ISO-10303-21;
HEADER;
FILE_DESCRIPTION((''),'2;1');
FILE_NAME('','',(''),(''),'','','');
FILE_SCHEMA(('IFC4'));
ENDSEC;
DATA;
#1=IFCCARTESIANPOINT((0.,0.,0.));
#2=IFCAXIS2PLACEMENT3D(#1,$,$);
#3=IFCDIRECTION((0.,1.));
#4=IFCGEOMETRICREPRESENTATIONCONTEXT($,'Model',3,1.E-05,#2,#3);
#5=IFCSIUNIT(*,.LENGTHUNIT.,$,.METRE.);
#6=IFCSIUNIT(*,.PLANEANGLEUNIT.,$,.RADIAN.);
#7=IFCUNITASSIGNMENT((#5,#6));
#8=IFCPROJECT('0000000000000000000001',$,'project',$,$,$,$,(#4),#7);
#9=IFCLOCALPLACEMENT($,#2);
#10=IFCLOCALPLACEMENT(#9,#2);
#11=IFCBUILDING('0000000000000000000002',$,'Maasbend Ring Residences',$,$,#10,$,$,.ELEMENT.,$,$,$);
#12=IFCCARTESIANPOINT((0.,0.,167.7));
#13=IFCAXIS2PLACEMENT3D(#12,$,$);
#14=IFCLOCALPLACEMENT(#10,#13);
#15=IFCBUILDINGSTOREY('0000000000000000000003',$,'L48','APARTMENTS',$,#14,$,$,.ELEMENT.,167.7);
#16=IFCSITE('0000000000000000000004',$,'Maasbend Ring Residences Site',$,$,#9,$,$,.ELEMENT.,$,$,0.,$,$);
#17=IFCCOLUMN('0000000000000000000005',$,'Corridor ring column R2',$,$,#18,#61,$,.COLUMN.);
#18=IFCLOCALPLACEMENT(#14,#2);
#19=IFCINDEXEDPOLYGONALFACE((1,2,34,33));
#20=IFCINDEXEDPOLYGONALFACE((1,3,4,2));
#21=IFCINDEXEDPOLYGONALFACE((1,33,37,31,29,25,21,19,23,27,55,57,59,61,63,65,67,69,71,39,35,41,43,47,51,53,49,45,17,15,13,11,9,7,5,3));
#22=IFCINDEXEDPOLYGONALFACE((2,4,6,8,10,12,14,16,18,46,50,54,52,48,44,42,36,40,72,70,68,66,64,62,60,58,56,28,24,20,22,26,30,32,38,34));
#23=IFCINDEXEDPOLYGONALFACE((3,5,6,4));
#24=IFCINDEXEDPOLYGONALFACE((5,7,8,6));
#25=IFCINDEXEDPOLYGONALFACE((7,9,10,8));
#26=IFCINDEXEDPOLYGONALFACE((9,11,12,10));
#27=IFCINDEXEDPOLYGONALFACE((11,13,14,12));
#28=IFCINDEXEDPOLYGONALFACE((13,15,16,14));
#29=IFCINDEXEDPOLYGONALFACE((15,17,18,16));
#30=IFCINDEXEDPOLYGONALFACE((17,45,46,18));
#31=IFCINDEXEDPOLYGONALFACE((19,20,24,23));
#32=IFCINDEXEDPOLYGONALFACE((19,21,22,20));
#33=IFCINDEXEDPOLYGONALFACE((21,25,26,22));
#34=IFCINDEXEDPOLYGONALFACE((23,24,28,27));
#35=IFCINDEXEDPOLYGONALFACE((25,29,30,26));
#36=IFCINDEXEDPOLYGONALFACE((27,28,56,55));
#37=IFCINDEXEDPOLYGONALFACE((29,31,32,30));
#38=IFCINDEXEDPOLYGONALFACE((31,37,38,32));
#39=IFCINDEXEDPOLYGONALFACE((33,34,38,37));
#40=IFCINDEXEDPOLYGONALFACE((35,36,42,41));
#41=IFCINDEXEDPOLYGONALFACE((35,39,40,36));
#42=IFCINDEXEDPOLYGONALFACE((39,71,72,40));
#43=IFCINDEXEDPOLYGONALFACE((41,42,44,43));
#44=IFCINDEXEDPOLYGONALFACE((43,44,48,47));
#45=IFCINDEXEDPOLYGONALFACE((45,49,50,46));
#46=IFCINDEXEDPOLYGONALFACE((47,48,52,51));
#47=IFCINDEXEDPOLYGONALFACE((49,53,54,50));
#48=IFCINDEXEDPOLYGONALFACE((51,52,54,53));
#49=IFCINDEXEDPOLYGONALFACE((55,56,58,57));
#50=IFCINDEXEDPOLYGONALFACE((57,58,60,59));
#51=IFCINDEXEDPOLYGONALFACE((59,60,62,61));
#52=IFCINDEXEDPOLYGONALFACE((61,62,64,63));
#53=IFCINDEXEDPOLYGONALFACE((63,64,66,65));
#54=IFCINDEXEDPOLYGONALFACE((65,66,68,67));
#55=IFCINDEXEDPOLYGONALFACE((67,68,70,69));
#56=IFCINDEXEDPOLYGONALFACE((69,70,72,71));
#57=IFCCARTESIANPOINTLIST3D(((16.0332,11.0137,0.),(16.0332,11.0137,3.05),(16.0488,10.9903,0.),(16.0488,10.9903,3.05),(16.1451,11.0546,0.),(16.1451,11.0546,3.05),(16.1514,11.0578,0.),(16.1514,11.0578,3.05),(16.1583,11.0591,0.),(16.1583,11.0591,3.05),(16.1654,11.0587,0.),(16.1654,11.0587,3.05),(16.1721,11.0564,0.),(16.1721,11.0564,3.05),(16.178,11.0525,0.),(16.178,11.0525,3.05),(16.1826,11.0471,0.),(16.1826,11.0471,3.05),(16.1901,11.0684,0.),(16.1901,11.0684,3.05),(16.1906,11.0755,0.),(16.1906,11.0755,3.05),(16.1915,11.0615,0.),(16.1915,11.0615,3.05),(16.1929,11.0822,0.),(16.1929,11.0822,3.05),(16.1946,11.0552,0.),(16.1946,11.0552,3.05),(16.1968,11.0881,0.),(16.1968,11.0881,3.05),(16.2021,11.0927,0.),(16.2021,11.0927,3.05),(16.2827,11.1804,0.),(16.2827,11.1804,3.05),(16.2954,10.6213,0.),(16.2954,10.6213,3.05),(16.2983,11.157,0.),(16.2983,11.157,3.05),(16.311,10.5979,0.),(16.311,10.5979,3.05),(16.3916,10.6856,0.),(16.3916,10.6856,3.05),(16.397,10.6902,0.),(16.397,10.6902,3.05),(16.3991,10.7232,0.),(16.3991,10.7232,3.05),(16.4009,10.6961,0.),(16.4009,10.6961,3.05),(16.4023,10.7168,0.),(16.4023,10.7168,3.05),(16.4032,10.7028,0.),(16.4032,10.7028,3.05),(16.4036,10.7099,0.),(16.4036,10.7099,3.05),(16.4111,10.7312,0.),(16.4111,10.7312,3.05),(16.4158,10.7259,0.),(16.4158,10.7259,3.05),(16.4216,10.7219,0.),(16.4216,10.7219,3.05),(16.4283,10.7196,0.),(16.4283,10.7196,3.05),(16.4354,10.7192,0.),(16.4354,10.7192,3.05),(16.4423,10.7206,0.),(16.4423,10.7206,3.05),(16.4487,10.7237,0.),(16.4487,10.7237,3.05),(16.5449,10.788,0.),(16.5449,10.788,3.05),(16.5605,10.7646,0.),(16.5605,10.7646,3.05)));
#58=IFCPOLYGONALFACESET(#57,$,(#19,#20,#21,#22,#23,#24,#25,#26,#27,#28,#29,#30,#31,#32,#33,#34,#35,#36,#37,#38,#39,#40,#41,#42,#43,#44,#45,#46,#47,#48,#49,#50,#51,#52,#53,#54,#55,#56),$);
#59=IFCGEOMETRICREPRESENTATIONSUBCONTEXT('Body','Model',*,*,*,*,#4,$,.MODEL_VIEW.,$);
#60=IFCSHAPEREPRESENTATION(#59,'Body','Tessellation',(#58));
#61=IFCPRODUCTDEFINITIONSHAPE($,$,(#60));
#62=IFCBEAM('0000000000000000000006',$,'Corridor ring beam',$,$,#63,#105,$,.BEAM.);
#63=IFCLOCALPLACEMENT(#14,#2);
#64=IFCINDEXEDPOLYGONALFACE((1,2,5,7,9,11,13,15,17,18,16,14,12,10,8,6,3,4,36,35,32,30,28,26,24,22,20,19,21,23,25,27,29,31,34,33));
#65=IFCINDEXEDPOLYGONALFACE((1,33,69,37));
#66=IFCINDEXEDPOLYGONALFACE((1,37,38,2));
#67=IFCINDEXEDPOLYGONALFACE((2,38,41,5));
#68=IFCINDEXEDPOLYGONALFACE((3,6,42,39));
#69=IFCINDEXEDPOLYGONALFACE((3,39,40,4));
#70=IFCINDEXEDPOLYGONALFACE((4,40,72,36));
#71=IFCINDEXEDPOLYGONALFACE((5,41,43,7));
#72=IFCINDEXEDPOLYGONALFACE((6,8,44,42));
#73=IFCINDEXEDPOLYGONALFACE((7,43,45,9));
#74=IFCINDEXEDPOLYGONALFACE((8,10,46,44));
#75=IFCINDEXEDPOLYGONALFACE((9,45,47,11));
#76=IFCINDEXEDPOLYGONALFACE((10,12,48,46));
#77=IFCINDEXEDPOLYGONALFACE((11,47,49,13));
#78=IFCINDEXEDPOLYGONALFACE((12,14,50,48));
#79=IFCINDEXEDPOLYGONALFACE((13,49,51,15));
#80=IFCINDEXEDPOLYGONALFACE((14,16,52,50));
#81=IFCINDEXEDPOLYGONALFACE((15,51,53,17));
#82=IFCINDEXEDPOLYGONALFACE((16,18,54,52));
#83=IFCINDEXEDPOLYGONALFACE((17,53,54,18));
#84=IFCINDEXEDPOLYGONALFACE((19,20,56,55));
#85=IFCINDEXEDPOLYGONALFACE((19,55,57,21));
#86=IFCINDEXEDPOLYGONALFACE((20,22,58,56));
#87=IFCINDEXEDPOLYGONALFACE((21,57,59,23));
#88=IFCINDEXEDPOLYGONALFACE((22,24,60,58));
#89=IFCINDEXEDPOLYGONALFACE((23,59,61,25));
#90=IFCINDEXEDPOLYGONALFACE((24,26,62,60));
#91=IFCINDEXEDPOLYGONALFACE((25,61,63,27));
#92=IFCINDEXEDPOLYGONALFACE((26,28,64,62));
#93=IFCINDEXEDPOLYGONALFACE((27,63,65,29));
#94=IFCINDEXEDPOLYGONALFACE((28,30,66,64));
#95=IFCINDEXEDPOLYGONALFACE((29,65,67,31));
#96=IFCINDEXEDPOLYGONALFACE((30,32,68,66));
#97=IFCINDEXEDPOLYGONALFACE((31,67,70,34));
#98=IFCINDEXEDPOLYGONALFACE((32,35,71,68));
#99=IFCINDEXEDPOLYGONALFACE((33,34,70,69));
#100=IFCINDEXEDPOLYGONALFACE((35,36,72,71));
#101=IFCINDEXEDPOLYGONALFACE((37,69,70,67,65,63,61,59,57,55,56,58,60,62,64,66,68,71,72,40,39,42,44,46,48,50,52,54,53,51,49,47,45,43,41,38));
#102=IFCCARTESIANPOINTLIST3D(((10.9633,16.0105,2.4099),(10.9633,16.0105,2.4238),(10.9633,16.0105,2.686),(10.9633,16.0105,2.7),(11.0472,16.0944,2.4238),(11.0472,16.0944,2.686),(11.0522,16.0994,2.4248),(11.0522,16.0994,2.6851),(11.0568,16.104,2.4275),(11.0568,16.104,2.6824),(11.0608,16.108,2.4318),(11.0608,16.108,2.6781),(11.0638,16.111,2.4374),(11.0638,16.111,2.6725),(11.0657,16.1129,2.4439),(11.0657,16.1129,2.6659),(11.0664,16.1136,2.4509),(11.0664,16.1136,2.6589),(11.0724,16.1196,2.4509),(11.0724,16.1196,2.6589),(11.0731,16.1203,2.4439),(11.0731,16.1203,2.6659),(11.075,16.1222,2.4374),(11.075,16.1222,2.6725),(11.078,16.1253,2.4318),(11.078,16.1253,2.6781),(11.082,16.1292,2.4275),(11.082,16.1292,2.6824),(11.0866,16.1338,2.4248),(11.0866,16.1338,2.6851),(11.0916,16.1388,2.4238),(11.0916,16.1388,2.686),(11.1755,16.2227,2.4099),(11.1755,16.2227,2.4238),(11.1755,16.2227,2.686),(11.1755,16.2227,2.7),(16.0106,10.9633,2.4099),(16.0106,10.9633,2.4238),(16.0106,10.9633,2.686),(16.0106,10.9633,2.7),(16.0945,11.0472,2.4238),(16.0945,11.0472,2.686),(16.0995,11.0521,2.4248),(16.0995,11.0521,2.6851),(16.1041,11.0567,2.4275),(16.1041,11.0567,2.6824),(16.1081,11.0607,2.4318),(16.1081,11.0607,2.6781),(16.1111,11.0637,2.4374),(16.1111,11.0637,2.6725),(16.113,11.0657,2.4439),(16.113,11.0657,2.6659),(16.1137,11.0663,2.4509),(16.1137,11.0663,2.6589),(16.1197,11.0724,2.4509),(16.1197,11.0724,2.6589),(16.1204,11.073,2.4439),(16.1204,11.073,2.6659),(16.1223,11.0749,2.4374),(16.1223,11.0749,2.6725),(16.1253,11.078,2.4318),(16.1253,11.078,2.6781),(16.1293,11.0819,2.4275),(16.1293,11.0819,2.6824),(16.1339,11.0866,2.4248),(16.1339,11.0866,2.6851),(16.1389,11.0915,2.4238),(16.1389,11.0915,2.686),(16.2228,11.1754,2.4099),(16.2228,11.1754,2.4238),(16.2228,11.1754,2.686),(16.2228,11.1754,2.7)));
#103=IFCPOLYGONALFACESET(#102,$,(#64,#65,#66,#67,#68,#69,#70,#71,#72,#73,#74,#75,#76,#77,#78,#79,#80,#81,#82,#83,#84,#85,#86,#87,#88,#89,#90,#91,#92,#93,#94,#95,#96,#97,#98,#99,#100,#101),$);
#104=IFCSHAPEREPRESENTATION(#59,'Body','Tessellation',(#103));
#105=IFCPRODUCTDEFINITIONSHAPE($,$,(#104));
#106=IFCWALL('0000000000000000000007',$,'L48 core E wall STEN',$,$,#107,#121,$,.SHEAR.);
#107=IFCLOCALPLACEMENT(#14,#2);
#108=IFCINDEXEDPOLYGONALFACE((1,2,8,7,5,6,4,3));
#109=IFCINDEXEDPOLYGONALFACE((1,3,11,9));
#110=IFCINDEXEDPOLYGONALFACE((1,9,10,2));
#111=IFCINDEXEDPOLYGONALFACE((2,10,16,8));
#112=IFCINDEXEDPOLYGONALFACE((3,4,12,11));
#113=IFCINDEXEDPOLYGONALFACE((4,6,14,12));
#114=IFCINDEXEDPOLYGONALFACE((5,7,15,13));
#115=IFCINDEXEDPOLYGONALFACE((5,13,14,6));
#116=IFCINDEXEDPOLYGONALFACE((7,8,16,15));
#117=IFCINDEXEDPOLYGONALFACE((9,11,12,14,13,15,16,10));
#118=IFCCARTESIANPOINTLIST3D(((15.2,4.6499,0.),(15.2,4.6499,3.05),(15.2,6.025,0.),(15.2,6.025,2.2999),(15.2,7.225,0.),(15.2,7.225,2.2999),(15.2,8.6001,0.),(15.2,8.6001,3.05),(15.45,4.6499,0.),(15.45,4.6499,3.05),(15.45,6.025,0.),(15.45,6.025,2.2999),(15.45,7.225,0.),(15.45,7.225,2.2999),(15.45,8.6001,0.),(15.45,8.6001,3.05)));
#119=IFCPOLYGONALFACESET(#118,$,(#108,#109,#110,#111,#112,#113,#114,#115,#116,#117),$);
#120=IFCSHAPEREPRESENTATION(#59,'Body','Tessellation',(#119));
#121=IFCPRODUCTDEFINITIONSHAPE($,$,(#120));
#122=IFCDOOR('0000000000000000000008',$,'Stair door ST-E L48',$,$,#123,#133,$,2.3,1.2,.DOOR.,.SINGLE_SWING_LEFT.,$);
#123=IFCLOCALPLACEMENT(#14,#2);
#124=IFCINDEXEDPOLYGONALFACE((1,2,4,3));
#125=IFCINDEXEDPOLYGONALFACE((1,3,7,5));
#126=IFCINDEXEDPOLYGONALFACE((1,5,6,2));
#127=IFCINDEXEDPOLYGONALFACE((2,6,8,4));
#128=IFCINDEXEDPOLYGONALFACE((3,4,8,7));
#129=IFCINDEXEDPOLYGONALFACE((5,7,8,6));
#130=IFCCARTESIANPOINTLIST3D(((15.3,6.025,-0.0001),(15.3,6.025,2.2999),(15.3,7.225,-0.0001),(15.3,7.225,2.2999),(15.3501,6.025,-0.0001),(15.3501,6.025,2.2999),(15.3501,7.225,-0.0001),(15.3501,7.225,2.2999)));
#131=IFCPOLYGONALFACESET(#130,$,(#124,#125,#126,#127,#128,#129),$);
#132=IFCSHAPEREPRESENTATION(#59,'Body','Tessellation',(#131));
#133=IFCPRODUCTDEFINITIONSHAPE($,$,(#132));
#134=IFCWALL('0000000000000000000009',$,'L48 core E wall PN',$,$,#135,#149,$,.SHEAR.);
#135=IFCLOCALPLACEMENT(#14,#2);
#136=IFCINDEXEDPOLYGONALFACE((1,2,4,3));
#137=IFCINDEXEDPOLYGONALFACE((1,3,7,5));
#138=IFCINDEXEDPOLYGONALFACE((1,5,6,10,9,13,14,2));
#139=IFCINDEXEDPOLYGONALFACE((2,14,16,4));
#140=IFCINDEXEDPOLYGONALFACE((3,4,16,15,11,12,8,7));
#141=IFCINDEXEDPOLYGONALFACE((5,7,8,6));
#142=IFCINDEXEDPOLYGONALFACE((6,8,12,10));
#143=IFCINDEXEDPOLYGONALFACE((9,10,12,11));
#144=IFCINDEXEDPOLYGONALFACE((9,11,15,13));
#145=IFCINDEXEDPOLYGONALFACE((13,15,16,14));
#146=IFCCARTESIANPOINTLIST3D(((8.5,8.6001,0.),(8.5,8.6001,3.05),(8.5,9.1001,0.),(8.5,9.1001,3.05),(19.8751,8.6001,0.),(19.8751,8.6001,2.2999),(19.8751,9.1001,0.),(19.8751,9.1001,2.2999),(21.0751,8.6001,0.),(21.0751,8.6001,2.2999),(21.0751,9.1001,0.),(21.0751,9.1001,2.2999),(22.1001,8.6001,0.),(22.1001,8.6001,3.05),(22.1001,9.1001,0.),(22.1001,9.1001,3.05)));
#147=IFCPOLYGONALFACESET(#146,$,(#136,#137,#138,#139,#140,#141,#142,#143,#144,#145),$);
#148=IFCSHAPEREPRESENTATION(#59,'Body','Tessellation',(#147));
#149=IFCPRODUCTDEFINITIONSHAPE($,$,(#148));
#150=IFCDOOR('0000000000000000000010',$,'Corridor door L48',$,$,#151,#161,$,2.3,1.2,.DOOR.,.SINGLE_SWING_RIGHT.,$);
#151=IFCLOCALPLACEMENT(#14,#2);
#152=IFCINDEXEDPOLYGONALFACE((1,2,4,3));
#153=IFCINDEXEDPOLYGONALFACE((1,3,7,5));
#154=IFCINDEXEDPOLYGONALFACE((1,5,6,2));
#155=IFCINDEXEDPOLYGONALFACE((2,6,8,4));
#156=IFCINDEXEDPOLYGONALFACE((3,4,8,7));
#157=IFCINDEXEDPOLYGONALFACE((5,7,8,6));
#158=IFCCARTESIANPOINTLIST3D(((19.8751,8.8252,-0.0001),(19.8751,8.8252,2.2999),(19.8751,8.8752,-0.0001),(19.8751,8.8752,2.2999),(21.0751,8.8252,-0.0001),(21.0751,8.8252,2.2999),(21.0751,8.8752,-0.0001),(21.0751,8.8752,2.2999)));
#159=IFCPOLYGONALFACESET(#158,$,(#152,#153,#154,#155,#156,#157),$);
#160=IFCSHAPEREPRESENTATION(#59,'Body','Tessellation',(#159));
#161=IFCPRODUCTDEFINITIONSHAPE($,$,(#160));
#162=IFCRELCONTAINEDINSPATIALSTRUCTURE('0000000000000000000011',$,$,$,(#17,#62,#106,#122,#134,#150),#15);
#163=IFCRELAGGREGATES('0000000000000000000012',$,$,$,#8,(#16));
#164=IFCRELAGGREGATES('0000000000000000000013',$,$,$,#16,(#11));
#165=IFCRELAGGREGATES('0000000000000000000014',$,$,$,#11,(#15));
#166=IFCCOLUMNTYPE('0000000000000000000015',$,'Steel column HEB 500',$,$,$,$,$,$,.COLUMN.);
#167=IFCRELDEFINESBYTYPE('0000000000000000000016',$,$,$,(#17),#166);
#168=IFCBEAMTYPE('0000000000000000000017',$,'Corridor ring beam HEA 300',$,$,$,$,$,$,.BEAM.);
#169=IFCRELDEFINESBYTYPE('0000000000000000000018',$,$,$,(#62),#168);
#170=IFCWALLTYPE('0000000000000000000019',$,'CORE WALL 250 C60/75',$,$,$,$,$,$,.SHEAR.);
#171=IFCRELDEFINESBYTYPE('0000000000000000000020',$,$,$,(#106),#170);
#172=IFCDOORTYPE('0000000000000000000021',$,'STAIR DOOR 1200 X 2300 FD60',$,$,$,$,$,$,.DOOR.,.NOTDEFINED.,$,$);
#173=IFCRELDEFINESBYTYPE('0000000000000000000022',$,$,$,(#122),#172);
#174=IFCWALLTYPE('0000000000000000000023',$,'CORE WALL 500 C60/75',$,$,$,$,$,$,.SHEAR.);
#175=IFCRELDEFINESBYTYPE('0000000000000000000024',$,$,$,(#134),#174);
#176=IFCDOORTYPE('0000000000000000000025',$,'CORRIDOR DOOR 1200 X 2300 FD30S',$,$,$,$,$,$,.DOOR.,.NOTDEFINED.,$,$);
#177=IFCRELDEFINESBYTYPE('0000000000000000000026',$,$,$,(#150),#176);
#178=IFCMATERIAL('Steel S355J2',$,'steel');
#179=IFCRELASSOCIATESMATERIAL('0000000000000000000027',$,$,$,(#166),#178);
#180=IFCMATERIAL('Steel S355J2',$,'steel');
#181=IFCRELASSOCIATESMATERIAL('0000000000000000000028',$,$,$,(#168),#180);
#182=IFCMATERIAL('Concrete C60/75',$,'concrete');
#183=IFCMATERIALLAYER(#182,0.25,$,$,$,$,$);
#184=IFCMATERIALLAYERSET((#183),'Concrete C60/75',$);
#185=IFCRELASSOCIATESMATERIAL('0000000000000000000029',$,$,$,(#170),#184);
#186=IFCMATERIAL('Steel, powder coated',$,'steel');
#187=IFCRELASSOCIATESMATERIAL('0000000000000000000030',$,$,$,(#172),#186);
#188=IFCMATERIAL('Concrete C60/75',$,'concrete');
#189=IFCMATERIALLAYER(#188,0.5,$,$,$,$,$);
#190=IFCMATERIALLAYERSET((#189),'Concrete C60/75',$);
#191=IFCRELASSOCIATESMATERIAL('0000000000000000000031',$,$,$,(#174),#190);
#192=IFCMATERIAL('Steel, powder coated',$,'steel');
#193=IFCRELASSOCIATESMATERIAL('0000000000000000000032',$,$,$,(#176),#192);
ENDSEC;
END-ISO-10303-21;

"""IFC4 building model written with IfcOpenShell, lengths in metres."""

from ifc_helpers import new_model, si_unit, direction, frame, frame_2d, origin, origin_2d, place, context, subcontext, project, spatial, rectangle, i_section, extrude, material, layer, layer_set, material_profile, profile_set, type_object, element, fill, save


model = new_model("IFC4")

# Units and contexts
model_context = context("Model", 3, precision=1e-05, world=origin(), true_north=direction((0.0, 1.0)))
body_context = subcontext(model_context, "Body", "Model", "MODEL_VIEW")
ifc_project = project(units=[si_unit("LENGTHUNIT", "METRE"), si_unit("PLANEANGLEUNIT", "RADIAN")], contexts=[model_context])

# Site, building, storey
site_placement = place(None, origin())
site = spatial("IfcSite", under=ifc_project, at=site_placement, Name="Maasbend Ring Residences Site", CompositionType="ELEMENT", RefElevation=0.0)
building_placement = place(site_placement, origin())
building = spatial("IfcBuilding", under=site, at=building_placement, Name="Maasbend Ring Residences", CompositionType="ELEMENT")
storey_placement = place(building_placement, frame((0.0, 0.0, 167.7)))
storey = spatial("IfcBuildingStorey", under=building, at=storey_placement, Name="L48", Description="APARTMENTS", CompositionType="ELEMENT", Elevation=167.7)

# Column
ifc_material_1 = material(Name="Steel S355J2", Category="steel")
ifc_material_profile_1 = material_profile(ifc_material_1, i_section(OverallWidth=0.3, OverallDepth=0.5, WebThickness=0.0144, FlangeThickness=0.0281, FilletRadius=0.0271, at=origin_2d()), Name="HEB 500")
ifc_profile_set_1 = profile_set([ifc_material_profile_1], Name="Steel S355J2")
column_type = type_object("IfcColumnType", Name="Steel column HEB 500", PredefinedType="COLUMN", material=ifc_profile_set_1)
column_placement = place(storey_placement, frame((16.2969, 10.8892, 0.0), z_axis=(0.0, 0.0, 1.0), x_axis=(0.83147, 0.55557, 0.0)))
element("IfcColumn", 1, at=column_placement, inside=storey, type_object=column_type, Name="Corridor ring column R2", PredefinedType="COLUMN", context=body_context, shape_type="SweptSolid", body=[
    extrude(i_section(OverallWidth=0.3, OverallDepth=0.5, WebThickness=0.0144, FlangeThickness=0.0281, FilletRadius=0.0271, at=origin_2d()), origin(), (0.0, 0.0, 1.0), 3.05),
])

# Beam
ifc_material_2 = material(Name="Steel S355J2", Category="steel")
ifc_material_profile_2 = material_profile(ifc_material_2, i_section(OverallWidth=0.3, OverallDepth=0.29, WebThickness=0.0085, FlangeThickness=0.0139, FilletRadius=0.0271, at=origin_2d()), Name="HEA 300")
ifc_profile_set_2 = profile_set([ifc_material_profile_2], Name="Steel S355J2")
beam_type = type_object("IfcBeamType", Name="Corridor ring beam HEA 300", PredefinedType="BEAM", material=ifc_profile_set_2)
beam_placement = place(storey_placement, frame((16.1167, 11.0693, 2.5549), z_axis=(-0.707107, 0.707107, 0.0), x_axis=(-0.707107, -0.707107, 0.0)))
element("IfcBeam", 2, at=beam_placement, inside=storey, type_object=beam_type, Name="Corridor ring beam", PredefinedType="BEAM", context=body_context, shape_type="SweptSolid", body=[
    extrude(i_section(OverallWidth=0.3, OverallDepth=0.29, WebThickness=0.0085, FlangeThickness=0.0139, FilletRadius=0.0271, at=origin_2d()), origin(), (0.0, 0.0, 1.0), 7.1379),
])

# Walls, openings, doors
ifc_material_3 = material(Name="Concrete C60/75", Category="concrete")
ifc_layer_1 = layer(ifc_material_3, 0.25)
ifc_layer_set_1 = layer_set([ifc_layer_1], Name="Concrete C60/75")
wall_type_1 = type_object("IfcWallType", Name="CORE WALL 250 C60/75", PredefinedType="SHEAR", material=ifc_layer_set_1)
wall_1_placement = place(storey_placement, frame((15.325, 4.6499, 0.0), z_axis=(0.0, 0.0, 1.0), x_axis=(0.0, 1.0, 0.0)))
wall_1 = element("IfcWall", 3, at=wall_1_placement, inside=storey, type_object=wall_type_1, Name="L48 core E wall STEN", PredefinedType="SHEAR", context=body_context, shape_type="SweptSolid", body=[
    extrude(rectangle(XDim=3.9502, YDim=0.25, at=frame_2d((1.9751, 0.0))), origin(), (0.0, 0.0, 1.0), 3.05),
])
opening_1_placement = place(wall_1_placement, frame((1.375, 0.0, 0.0)))
opening_1 = element("IfcOpeningElement", 4, at=opening_1_placement, cuts=wall_1, PredefinedType="OPENING", context=body_context, shape_type="SweptSolid", body=[
    extrude(rectangle(XDim=1.2, YDim=2.3, at=frame_2d((0.6001, 1.1499))), frame((0.0, 0.135, 0.0), z_axis=(0.0, -1.0, 0.0), x_axis=(1.0, 0.0, 0.0)), (0.0, 0.0, 1.0), 0.27),
])
ifc_material_4 = material(Name="Steel, powder coated", Category="steel")
door_type_1 = type_object("IfcDoorType", Name="STAIR DOOR 1200 X 2300 FD60", OperationType="NOTDEFINED", PredefinedType="DOOR", material=ifc_material_4)
door_1_placement = place(opening_1_placement, origin())
door_1 = element("IfcDoor", 5, at=door_1_placement, inside=storey, type_object=door_type_1, Name="Stair door ST-E L48", OperationType="SINGLE_SWING_LEFT", OverallHeight=2.3, OverallWidth=1.2, PredefinedType="DOOR", context=body_context, shape_type="SweptSolid", body=[
    extrude(rectangle(XDim=1.2, YDim=2.3, at=frame_2d((0.6001, 1.1499))), frame((0.0, 0.0249, 0.0), z_axis=(0.0, -1.0, 0.0), x_axis=(1.0, 0.0, 0.0)), (0.0, 0.0, 1.0), 0.05),
])
fill(opening_1, door_1)
ifc_material_5 = material(Name="Concrete C60/75", Category="concrete")
ifc_layer_2 = layer(ifc_material_5, 0.5)
ifc_layer_set_2 = layer_set([ifc_layer_2], Name="Concrete C60/75")
wall_type_2 = type_object("IfcWallType", Name="CORE WALL 500 C60/75", PredefinedType="SHEAR", material=ifc_layer_set_2)
wall_2_placement = place(storey_placement, frame((22.1001, 8.8501, 0.0), z_axis=(0.0, 0.0, 1.0), x_axis=(-1.0, 0.0, 0.0)))
wall_2 = element("IfcWall", 6, at=wall_2_placement, inside=storey, type_object=wall_type_2, Name="L48 core E wall PN", PredefinedType="SHEAR", context=body_context, shape_type="SweptSolid", body=[
    extrude(rectangle(XDim=13.6001, YDim=0.5, at=frame_2d((6.8, 0.0))), origin(), (0.0, 0.0, 1.0), 3.05),
])
opening_2_placement = place(wall_2_placement, frame((1.0249, 0.0, 0.0)))
opening_2 = element("IfcOpeningElement", 7, at=opening_2_placement, cuts=wall_2, PredefinedType="OPENING", context=body_context, shape_type="SweptSolid", body=[
    extrude(rectangle(XDim=1.2, YDim=2.3, at=frame_2d((0.6001, 1.1499))), frame((0.0, 0.26, 0.0), z_axis=(0.0, -1.0, 0.0), x_axis=(1.0, 0.0, 0.0)), (0.0, 0.0, 1.0), 0.52),
])
ifc_material_6 = material(Name="Steel, powder coated", Category="steel")
door_type_2 = type_object("IfcDoorType", Name="CORRIDOR DOOR 1200 X 2300 FD30S", OperationType="NOTDEFINED", PredefinedType="DOOR", material=ifc_material_6)
door_2_placement = place(opening_2_placement, origin())
door_2 = element("IfcDoor", 8, at=door_2_placement, inside=storey, type_object=door_type_2, Name="Corridor door L48", OperationType="SINGLE_SWING_RIGHT", OverallHeight=2.3, OverallWidth=1.2, PredefinedType="DOOR", context=body_context, shape_type="SweptSolid", body=[
    extrude(rectangle(XDim=1.2, YDim=2.3, at=frame_2d((0.6001, 1.1499))), frame((0.0, 0.0249, 0.0), z_axis=(0.0, -1.0, 0.0), x_axis=(1.0, 0.0, 0.0)), (0.0, 0.0, 1.0), 0.05),
])
fill(opening_2, door_2)

save(model, "model.ifc")
